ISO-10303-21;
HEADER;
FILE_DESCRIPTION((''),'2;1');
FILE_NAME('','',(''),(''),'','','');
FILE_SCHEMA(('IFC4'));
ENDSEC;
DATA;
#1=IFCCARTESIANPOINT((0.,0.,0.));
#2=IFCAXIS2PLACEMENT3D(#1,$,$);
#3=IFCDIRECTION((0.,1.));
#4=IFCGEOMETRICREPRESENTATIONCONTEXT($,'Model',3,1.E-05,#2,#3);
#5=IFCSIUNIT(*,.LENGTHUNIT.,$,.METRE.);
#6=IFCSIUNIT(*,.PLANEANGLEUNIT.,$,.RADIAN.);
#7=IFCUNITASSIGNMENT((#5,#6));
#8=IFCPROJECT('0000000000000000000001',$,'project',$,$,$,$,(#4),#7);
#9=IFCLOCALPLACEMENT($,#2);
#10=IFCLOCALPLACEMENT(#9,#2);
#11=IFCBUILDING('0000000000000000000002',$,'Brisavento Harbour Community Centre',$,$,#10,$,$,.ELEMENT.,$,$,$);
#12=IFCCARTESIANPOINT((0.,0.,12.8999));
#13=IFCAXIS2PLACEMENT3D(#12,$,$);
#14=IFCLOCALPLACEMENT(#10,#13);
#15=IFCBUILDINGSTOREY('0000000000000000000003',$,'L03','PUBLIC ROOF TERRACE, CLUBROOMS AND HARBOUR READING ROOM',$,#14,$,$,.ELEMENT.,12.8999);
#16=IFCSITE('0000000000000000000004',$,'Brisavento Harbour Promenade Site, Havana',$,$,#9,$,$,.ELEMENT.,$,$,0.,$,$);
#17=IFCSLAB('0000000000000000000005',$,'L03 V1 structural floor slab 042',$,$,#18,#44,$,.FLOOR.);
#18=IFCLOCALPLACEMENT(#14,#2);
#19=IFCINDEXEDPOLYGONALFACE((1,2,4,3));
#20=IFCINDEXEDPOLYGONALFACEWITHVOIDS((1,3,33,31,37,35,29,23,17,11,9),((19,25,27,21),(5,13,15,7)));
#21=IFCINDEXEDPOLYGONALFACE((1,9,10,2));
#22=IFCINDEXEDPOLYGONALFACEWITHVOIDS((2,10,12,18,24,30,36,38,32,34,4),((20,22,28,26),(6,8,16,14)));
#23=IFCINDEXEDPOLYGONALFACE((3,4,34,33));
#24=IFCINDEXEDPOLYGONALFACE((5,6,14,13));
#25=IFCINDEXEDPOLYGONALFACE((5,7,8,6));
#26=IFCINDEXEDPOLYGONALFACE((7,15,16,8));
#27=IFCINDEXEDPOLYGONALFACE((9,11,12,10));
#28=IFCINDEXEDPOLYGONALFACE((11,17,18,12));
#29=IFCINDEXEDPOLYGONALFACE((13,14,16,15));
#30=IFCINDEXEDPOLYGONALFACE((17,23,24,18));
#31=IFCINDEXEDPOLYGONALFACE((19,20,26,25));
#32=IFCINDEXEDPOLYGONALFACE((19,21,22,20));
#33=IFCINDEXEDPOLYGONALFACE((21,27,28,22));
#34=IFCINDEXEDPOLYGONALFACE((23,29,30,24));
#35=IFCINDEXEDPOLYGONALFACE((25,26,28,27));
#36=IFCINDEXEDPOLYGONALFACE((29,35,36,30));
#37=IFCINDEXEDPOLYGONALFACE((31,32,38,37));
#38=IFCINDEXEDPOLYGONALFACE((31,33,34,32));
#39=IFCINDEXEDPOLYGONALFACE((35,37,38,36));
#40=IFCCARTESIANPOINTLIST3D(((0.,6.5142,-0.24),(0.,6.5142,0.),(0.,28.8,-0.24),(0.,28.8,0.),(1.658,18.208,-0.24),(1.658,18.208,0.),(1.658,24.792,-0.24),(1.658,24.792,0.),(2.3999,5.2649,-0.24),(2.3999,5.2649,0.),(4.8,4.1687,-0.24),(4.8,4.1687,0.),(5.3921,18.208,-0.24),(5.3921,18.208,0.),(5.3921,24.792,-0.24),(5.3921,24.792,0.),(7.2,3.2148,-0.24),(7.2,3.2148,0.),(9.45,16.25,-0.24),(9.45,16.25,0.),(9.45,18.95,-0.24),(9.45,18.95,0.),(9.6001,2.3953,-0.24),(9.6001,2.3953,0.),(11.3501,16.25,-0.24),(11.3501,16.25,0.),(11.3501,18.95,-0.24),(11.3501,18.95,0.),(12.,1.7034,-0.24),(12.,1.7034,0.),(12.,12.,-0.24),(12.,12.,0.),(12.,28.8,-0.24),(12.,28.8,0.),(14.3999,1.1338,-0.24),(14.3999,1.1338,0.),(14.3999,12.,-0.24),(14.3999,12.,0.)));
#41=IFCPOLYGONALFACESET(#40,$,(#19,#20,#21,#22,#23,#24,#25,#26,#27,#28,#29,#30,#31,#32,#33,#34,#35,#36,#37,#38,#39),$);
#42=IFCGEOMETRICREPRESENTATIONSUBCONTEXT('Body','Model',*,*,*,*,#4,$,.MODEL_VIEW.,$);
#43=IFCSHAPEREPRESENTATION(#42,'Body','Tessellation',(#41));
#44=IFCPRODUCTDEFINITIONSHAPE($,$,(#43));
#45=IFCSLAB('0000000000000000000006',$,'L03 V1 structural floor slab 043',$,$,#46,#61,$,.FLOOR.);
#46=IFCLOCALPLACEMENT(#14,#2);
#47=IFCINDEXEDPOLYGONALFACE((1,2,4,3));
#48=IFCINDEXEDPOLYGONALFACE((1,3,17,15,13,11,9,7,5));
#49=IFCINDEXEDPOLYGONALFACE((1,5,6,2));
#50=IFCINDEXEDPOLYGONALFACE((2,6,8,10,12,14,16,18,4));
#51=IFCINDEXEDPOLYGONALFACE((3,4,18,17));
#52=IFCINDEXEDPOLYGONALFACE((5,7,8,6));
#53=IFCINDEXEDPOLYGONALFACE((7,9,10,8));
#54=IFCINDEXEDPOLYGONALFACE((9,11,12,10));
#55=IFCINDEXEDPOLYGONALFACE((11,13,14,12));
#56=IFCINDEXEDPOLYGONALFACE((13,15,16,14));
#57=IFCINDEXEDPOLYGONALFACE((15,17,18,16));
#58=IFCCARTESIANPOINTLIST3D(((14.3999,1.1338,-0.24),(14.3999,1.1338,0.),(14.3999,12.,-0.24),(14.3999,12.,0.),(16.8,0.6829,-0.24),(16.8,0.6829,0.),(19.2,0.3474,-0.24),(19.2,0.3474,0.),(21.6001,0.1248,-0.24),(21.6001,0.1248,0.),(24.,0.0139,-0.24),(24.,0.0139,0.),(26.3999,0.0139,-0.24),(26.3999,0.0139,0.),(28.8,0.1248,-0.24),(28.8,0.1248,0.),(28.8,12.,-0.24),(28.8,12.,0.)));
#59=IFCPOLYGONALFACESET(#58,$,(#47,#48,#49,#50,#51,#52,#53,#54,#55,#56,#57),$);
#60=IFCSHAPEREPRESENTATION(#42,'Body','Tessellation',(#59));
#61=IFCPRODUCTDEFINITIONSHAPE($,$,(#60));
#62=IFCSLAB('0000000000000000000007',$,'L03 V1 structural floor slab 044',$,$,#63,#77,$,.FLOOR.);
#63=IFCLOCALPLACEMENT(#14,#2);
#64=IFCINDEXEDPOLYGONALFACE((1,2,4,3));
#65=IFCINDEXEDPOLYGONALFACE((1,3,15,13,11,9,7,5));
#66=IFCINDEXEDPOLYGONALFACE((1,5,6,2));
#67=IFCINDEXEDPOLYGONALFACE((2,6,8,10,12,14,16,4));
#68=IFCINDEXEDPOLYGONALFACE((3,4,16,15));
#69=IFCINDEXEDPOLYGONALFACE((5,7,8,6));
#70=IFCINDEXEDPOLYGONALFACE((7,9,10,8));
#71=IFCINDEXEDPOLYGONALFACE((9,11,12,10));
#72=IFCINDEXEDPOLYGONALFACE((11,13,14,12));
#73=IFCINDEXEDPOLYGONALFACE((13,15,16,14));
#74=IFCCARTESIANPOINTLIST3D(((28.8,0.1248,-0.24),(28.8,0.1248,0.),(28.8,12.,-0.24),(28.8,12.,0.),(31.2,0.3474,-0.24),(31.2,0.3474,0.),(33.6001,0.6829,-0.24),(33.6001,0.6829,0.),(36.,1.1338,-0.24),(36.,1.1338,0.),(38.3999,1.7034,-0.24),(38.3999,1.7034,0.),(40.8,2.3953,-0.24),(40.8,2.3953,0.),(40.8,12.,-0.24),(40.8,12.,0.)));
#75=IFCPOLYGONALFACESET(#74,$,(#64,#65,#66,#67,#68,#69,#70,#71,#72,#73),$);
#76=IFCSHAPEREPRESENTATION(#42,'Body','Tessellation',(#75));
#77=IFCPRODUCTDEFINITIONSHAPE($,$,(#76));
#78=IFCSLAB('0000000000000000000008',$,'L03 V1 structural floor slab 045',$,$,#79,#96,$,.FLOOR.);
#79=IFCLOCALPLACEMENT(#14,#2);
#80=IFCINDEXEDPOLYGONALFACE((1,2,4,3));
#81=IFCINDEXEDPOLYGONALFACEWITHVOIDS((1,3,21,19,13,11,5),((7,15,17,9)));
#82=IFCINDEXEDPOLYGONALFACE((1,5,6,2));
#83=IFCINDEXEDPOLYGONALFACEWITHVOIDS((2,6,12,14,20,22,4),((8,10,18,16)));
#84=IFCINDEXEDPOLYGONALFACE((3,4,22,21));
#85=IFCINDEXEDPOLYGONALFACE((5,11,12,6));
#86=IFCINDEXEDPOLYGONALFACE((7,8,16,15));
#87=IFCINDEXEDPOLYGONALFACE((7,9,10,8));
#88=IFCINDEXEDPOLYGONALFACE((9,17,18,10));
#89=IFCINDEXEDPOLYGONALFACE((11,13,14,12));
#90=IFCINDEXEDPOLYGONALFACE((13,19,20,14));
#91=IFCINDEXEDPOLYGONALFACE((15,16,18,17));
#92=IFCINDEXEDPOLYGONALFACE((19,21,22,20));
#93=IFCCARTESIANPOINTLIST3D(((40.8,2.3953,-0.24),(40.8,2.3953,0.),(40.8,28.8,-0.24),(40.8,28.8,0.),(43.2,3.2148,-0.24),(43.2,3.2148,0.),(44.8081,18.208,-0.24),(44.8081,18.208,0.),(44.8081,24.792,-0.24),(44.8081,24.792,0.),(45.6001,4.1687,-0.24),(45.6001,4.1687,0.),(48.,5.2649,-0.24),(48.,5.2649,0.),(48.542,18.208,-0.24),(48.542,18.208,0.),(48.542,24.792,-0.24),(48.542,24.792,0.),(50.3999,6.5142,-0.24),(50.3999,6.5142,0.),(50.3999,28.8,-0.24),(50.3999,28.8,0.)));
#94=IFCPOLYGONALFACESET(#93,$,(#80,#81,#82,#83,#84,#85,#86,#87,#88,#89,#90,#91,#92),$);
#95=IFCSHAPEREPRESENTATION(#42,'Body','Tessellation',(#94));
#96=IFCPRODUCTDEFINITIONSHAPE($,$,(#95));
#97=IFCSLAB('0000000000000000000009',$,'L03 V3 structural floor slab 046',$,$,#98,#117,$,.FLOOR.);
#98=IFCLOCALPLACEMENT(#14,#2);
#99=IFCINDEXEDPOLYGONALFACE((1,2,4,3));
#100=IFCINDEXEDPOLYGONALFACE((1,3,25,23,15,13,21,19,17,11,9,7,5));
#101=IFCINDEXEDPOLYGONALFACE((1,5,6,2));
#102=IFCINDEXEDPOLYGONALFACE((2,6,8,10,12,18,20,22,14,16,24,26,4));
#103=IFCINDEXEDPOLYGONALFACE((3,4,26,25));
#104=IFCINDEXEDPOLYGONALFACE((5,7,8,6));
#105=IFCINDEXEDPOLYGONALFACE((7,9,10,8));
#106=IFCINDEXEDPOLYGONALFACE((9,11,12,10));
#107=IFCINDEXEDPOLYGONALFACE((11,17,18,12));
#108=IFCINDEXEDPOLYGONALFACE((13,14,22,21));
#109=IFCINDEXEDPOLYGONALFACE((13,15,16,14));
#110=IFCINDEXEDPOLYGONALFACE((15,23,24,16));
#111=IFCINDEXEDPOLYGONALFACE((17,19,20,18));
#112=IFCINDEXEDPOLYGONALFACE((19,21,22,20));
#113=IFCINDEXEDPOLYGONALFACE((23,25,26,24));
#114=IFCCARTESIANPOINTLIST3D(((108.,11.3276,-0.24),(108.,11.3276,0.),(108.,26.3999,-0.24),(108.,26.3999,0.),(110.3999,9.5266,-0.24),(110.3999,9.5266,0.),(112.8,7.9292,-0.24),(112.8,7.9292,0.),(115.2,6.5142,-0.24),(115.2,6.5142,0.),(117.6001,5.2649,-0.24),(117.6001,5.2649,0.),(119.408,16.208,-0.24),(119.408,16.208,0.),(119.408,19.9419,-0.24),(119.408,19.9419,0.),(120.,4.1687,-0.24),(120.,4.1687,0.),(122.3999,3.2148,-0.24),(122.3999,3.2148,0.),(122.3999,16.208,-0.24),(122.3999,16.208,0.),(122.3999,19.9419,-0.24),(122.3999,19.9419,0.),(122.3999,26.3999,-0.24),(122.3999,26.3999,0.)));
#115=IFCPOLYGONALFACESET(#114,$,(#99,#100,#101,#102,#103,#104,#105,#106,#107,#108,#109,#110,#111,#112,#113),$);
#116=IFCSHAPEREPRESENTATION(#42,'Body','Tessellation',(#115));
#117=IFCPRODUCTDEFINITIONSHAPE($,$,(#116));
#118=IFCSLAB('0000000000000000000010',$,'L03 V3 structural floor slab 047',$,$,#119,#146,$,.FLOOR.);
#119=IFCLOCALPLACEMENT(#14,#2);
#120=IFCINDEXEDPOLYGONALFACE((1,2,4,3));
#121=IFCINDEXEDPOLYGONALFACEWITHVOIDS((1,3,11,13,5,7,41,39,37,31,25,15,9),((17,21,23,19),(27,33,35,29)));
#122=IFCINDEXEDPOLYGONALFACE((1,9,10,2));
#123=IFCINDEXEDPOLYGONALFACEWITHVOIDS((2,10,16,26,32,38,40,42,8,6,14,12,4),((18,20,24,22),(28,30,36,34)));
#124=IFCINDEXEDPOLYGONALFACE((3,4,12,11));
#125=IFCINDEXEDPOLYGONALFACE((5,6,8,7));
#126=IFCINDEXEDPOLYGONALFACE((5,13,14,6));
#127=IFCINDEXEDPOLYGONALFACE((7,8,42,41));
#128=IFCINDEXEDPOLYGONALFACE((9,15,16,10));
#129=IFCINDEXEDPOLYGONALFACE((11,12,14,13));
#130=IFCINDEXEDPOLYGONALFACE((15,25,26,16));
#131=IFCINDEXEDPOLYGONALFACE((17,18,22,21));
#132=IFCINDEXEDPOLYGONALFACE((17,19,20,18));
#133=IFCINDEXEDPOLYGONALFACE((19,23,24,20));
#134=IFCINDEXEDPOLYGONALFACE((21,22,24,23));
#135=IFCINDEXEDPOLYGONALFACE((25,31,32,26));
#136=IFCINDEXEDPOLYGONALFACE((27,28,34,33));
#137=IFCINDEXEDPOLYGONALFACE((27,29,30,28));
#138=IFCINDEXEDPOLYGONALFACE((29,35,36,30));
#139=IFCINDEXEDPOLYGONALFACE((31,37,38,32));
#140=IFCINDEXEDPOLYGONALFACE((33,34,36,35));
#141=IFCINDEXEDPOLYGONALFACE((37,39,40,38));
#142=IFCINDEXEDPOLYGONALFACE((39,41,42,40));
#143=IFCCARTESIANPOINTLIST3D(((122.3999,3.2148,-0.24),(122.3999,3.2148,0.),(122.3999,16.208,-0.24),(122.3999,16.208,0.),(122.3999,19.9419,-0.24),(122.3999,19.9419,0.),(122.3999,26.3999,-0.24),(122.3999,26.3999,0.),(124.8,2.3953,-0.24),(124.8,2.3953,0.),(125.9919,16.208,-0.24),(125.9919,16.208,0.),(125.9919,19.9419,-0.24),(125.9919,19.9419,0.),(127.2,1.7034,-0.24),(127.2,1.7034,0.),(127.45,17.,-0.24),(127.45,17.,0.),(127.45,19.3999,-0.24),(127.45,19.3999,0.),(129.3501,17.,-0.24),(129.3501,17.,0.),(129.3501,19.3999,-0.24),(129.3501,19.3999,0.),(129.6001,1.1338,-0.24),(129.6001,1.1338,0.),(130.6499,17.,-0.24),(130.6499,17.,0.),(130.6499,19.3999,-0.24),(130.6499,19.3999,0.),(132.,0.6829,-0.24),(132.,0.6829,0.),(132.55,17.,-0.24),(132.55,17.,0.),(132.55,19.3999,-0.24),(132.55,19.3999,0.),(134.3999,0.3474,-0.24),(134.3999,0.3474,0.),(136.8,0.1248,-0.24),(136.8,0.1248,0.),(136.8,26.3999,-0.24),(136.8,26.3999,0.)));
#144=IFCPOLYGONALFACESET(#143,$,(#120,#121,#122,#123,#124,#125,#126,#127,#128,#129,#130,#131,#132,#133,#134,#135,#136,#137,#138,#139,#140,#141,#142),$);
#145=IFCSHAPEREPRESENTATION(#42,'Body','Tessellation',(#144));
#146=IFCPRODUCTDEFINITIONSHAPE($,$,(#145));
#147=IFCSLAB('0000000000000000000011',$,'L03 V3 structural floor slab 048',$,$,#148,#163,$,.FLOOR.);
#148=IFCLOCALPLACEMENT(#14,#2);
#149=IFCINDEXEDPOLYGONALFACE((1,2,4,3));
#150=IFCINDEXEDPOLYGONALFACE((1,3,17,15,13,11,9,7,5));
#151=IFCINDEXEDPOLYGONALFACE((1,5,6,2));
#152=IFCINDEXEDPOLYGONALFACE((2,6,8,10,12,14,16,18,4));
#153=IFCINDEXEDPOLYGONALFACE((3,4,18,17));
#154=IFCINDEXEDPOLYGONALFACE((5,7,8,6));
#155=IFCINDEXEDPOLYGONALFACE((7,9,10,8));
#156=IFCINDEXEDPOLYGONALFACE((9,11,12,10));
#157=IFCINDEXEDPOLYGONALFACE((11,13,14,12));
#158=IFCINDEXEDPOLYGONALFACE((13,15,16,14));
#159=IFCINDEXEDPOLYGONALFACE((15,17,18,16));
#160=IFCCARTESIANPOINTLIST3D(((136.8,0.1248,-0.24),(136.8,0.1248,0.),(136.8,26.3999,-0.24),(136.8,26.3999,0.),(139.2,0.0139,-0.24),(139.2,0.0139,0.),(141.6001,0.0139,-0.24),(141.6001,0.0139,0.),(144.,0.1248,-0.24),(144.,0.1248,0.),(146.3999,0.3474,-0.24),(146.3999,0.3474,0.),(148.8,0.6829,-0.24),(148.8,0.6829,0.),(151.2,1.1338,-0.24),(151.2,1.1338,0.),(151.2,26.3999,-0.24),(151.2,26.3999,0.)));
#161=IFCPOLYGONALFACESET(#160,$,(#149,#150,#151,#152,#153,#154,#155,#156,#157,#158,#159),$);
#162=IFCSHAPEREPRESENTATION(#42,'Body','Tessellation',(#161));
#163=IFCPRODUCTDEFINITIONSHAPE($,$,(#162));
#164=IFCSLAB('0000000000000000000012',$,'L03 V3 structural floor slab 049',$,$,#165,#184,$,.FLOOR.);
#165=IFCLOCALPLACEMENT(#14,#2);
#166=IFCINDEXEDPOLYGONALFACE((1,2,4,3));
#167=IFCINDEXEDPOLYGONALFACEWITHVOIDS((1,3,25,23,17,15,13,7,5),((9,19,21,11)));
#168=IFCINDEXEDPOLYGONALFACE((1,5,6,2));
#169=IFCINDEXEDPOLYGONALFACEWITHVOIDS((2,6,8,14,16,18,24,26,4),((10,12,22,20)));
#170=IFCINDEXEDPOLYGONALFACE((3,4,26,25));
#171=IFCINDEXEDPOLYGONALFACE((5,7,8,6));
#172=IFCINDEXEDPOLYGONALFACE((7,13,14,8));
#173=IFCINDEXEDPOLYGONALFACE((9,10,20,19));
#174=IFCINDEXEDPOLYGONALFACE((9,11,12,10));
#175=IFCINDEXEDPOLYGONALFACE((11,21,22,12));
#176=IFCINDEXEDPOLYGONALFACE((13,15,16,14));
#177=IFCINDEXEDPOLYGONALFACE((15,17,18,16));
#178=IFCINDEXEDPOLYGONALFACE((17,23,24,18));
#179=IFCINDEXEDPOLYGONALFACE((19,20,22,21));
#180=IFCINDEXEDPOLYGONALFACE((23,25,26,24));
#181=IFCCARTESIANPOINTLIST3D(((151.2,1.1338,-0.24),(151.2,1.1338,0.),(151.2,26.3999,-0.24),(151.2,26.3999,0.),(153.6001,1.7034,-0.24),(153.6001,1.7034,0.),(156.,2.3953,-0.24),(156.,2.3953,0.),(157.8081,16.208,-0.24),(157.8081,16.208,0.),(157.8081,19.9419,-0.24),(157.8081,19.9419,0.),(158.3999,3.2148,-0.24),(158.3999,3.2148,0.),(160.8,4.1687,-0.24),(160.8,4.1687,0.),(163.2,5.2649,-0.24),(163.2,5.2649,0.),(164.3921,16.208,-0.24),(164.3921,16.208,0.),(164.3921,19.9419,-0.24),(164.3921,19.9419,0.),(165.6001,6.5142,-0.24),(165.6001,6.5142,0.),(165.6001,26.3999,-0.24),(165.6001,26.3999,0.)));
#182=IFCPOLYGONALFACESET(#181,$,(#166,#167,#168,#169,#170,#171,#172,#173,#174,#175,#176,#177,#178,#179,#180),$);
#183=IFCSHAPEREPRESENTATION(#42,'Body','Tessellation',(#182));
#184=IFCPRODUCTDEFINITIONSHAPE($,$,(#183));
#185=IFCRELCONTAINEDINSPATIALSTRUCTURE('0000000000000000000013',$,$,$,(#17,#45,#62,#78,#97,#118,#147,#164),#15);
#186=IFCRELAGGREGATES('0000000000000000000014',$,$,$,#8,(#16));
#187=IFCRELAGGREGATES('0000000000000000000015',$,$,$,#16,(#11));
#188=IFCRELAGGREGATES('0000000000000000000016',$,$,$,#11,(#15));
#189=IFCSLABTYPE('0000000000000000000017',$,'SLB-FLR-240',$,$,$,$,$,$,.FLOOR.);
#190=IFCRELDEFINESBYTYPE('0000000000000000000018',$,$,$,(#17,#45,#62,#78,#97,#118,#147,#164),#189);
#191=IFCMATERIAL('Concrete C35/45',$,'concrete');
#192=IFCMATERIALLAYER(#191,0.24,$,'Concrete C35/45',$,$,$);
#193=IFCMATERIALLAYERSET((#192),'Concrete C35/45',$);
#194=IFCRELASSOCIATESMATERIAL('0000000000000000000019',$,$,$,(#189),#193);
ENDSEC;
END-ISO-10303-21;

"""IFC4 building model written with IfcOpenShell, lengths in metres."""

from ifc_helpers import new_model, si_unit, direction, frame, origin, place, context, subcontext, project, spatial, polyline, outline, extrude, material, layer, layer_set, type_object, element, save


model = new_model("IFC4")

# Units and contexts
model_context = context("Model", 3, precision=1e-05, world=origin(), true_north=direction((0.0, 1.0)))
body_context = subcontext(model_context, "Body", "Model", "MODEL_VIEW")
ifc_project = project(units=[si_unit("LENGTHUNIT", "METRE"), si_unit("PLANEANGLEUNIT", "RADIAN")], contexts=[model_context])

# Site, building, storey
site_placement = place(None, origin())
site = spatial("IfcSite", under=ifc_project, at=site_placement, Name="Brisavento Harbour Promenade Site, Havana", CompositionType="ELEMENT", RefElevation=0.0)
building_placement = place(site_placement, origin())
building = spatial("IfcBuilding", under=site, at=building_placement, Name="Brisavento Harbour Community Centre", CompositionType="ELEMENT")
storey_placement = place(building_placement, frame((0.0, 0.0, 12.8999)))
storey = spatial("IfcBuildingStorey", under=building, at=storey_placement, Name="L03", Description="PUBLIC ROOF TERRACE, CLUBROOMS AND HARBOUR READING ROOM", CompositionType="ELEMENT", Elevation=12.8999)

# Slabs
ifc_material_1 = material(Name="Concrete C35/45", Category="concrete")
ifc_layer_1 = layer(ifc_material_1, 0.24, Name="Concrete C35/45")
ifc_layer_set_1 = layer_set([ifc_layer_1], Name="Concrete C35/45")
slab_type_1 = type_object("IfcSlabType", Name="SLB-FLR-240", PredefinedType="FLOOR", material=ifc_layer_set_1)
slab_1_placement = place(storey_placement, frame((0.0, 0.0, -0.24)))
element("IfcSlab", 1, at=slab_1_placement, inside=storey, type_object=slab_type_1, Name="L03 V1 structural floor slab 042", PredefinedType="FLOOR", context=body_context, shape_type="SweptSolid", body=[
    extrude(outline(polyline([(0.0, 28.8), (0.0, 6.5142), (2.3999, 5.2649), (4.8, 4.1687), (7.2, 3.2148), (9.6001, 2.3953), (12.0, 1.7034), (14.3999, 1.1338), (14.3999, 12.0), (12.0, 12.0), (12.0, 28.8), (0.0, 28.8)]), holes=[polyline([(11.3501, 18.95), (11.3501, 16.25), (9.45, 16.25), (9.45, 18.95), (11.3501, 18.95)]), polyline([(1.658, 24.792), (5.3921, 24.792), (5.3921, 18.208), (1.658, 18.208), (1.658, 24.792)])]), origin(), (0.0, 0.0, 1.0), 0.24),
])
slab_2_placement = place(storey_placement, frame((0.0, 0.0, -0.24)))
element("IfcSlab", 2, at=slab_2_placement, inside=storey, type_object=slab_type_1, Name="L03 V1 structural floor slab 043", PredefinedType="FLOOR", context=body_context, shape_type="SweptSolid", body=[
    extrude(outline(polyline([(14.3999, 12.0), (14.3999, 1.1338), (16.8, 0.6829), (19.2, 0.3474), (21.6001, 0.1248), (24.0, 0.0139), (26.3999, 0.0139), (28.8, 0.1248), (28.8, 12.0), (14.3999, 12.0)])), origin(), (0.0, 0.0, 1.0), 0.24),
])
slab_3_placement = place(storey_placement, frame((0.0, 0.0, -0.24)))
element("IfcSlab", 3, at=slab_3_placement, inside=storey, type_object=slab_type_1, Name="L03 V1 structural floor slab 044", PredefinedType="FLOOR", context=body_context, shape_type="SweptSolid", body=[
    extrude(outline(polyline([(28.8, 12.0), (28.8, 0.1248), (31.2, 0.3474), (33.6001, 0.6829), (36.0, 1.1338), (38.3999, 1.7034), (40.8, 2.3953), (40.8, 12.0), (28.8, 12.0)])), origin(), (0.0, 0.0, 1.0), 0.24),
])
slab_4_placement = place(storey_placement, frame((0.0, 0.0, -0.24)))
element("IfcSlab", 4, at=slab_4_placement, inside=storey, type_object=slab_type_1, Name="L03 V1 structural floor slab 045", PredefinedType="FLOOR", context=body_context, shape_type="SweptSolid", body=[
    extrude(outline(polyline([(40.8, 2.3953), (43.2, 3.2148), (45.6001, 4.1687), (48.0, 5.2649), (50.3999, 6.5142), (50.3999, 28.8), (40.8, 28.8), (40.8, 2.3953)]), holes=[polyline([(44.8081, 24.792), (48.542, 24.792), (48.542, 18.208), (44.8081, 18.208), (44.8081, 24.792)])]), origin(), (0.0, 0.0, 1.0), 0.24),
])
slab_5_placement = place(storey_placement, frame((0.0, 0.0, -0.24)))
element("IfcSlab", 5, at=slab_5_placement, inside=storey, type_object=slab_type_1, Name="L03 V3 structural floor slab 046", PredefinedType="FLOOR", context=body_context, shape_type="SweptSolid", body=[
    extrude(outline(polyline([(108.0, 26.3999), (108.0, 11.3276), (110.3999, 9.5266), (112.8, 7.9292), (115.2, 6.5142), (117.6001, 5.2649), (120.0, 4.1687), (122.3999, 3.2148), (122.3999, 16.208), (119.408, 16.208), (119.408, 19.9419), (122.3999, 19.9419), (122.3999, 26.3999), (108.0, 26.3999)])), origin(), (0.0, 0.0, 1.0), 0.24),
])
slab_6_placement = place(storey_placement, frame((0.0, 0.0, -0.24)))
element("IfcSlab", 6, at=slab_6_placement, inside=storey, type_object=slab_type_1, Name="L03 V3 structural floor slab 047", PredefinedType="FLOOR", context=body_context, shape_type="SweptSolid", body=[
    extrude(outline(polyline([(122.3999, 26.3999), (122.3999, 19.9419), (125.9919, 19.9419), (125.9919, 16.208), (122.3999, 16.208), (122.3999, 3.2148), (124.8, 2.3953), (127.2, 1.7034), (129.6001, 1.1338), (132.0, 0.6829), (134.3999, 0.3474), (136.8, 0.1248), (136.8, 26.3999), (122.3999, 26.3999)]), holes=[polyline([(129.3501, 19.3999), (129.3501, 17.0), (127.45, 17.0), (127.45, 19.3999), (129.3501, 19.3999)]), polyline([(132.55, 19.3999), (132.55, 17.0), (130.6499, 17.0), (130.6499, 19.3999), (132.55, 19.3999)])]), origin(), (0.0, 0.0, 1.0), 0.24),
])
slab_7_placement = place(storey_placement, frame((0.0, 0.0, -0.24)))
element("IfcSlab", 7, at=slab_7_placement, inside=storey, type_object=slab_type_1, Name="L03 V3 structural floor slab 048", PredefinedType="FLOOR", context=body_context, shape_type="SweptSolid", body=[
    extrude(outline(polyline([(136.8, 26.3999), (136.8, 0.1248), (139.2, 0.0139), (141.6001, 0.0139), (144.0, 0.1248), (146.3999, 0.3474), (148.8, 0.6829), (151.2, 1.1338), (151.2, 26.3999), (136.8, 26.3999)])), origin(), (0.0, 0.0, 1.0), 0.24),
])
slab_8_placement = place(storey_placement, frame((0.0, 0.0, -0.24)))
element("IfcSlab", 8, at=slab_8_placement, inside=storey, type_object=slab_type_1, Name="L03 V3 structural floor slab 049", PredefinedType="FLOOR", context=body_context, shape_type="SweptSolid", body=[
    extrude(outline(polyline([(151.2, 26.3999), (151.2, 1.1338), (153.6001, 1.7034), (156.0, 2.3953), (158.3999, 3.2148), (160.8, 4.1687), (163.2, 5.2649), (165.6001, 6.5142), (165.6001, 26.3999), (151.2, 26.3999)]), holes=[polyline([(164.3921, 19.9419), (164.3921, 16.208), (157.8081, 16.208), (157.8081, 19.9419), (164.3921, 19.9419)])]), origin(), (0.0, 0.0, 1.0), 0.24),
])

save(model, "model.ifc")
